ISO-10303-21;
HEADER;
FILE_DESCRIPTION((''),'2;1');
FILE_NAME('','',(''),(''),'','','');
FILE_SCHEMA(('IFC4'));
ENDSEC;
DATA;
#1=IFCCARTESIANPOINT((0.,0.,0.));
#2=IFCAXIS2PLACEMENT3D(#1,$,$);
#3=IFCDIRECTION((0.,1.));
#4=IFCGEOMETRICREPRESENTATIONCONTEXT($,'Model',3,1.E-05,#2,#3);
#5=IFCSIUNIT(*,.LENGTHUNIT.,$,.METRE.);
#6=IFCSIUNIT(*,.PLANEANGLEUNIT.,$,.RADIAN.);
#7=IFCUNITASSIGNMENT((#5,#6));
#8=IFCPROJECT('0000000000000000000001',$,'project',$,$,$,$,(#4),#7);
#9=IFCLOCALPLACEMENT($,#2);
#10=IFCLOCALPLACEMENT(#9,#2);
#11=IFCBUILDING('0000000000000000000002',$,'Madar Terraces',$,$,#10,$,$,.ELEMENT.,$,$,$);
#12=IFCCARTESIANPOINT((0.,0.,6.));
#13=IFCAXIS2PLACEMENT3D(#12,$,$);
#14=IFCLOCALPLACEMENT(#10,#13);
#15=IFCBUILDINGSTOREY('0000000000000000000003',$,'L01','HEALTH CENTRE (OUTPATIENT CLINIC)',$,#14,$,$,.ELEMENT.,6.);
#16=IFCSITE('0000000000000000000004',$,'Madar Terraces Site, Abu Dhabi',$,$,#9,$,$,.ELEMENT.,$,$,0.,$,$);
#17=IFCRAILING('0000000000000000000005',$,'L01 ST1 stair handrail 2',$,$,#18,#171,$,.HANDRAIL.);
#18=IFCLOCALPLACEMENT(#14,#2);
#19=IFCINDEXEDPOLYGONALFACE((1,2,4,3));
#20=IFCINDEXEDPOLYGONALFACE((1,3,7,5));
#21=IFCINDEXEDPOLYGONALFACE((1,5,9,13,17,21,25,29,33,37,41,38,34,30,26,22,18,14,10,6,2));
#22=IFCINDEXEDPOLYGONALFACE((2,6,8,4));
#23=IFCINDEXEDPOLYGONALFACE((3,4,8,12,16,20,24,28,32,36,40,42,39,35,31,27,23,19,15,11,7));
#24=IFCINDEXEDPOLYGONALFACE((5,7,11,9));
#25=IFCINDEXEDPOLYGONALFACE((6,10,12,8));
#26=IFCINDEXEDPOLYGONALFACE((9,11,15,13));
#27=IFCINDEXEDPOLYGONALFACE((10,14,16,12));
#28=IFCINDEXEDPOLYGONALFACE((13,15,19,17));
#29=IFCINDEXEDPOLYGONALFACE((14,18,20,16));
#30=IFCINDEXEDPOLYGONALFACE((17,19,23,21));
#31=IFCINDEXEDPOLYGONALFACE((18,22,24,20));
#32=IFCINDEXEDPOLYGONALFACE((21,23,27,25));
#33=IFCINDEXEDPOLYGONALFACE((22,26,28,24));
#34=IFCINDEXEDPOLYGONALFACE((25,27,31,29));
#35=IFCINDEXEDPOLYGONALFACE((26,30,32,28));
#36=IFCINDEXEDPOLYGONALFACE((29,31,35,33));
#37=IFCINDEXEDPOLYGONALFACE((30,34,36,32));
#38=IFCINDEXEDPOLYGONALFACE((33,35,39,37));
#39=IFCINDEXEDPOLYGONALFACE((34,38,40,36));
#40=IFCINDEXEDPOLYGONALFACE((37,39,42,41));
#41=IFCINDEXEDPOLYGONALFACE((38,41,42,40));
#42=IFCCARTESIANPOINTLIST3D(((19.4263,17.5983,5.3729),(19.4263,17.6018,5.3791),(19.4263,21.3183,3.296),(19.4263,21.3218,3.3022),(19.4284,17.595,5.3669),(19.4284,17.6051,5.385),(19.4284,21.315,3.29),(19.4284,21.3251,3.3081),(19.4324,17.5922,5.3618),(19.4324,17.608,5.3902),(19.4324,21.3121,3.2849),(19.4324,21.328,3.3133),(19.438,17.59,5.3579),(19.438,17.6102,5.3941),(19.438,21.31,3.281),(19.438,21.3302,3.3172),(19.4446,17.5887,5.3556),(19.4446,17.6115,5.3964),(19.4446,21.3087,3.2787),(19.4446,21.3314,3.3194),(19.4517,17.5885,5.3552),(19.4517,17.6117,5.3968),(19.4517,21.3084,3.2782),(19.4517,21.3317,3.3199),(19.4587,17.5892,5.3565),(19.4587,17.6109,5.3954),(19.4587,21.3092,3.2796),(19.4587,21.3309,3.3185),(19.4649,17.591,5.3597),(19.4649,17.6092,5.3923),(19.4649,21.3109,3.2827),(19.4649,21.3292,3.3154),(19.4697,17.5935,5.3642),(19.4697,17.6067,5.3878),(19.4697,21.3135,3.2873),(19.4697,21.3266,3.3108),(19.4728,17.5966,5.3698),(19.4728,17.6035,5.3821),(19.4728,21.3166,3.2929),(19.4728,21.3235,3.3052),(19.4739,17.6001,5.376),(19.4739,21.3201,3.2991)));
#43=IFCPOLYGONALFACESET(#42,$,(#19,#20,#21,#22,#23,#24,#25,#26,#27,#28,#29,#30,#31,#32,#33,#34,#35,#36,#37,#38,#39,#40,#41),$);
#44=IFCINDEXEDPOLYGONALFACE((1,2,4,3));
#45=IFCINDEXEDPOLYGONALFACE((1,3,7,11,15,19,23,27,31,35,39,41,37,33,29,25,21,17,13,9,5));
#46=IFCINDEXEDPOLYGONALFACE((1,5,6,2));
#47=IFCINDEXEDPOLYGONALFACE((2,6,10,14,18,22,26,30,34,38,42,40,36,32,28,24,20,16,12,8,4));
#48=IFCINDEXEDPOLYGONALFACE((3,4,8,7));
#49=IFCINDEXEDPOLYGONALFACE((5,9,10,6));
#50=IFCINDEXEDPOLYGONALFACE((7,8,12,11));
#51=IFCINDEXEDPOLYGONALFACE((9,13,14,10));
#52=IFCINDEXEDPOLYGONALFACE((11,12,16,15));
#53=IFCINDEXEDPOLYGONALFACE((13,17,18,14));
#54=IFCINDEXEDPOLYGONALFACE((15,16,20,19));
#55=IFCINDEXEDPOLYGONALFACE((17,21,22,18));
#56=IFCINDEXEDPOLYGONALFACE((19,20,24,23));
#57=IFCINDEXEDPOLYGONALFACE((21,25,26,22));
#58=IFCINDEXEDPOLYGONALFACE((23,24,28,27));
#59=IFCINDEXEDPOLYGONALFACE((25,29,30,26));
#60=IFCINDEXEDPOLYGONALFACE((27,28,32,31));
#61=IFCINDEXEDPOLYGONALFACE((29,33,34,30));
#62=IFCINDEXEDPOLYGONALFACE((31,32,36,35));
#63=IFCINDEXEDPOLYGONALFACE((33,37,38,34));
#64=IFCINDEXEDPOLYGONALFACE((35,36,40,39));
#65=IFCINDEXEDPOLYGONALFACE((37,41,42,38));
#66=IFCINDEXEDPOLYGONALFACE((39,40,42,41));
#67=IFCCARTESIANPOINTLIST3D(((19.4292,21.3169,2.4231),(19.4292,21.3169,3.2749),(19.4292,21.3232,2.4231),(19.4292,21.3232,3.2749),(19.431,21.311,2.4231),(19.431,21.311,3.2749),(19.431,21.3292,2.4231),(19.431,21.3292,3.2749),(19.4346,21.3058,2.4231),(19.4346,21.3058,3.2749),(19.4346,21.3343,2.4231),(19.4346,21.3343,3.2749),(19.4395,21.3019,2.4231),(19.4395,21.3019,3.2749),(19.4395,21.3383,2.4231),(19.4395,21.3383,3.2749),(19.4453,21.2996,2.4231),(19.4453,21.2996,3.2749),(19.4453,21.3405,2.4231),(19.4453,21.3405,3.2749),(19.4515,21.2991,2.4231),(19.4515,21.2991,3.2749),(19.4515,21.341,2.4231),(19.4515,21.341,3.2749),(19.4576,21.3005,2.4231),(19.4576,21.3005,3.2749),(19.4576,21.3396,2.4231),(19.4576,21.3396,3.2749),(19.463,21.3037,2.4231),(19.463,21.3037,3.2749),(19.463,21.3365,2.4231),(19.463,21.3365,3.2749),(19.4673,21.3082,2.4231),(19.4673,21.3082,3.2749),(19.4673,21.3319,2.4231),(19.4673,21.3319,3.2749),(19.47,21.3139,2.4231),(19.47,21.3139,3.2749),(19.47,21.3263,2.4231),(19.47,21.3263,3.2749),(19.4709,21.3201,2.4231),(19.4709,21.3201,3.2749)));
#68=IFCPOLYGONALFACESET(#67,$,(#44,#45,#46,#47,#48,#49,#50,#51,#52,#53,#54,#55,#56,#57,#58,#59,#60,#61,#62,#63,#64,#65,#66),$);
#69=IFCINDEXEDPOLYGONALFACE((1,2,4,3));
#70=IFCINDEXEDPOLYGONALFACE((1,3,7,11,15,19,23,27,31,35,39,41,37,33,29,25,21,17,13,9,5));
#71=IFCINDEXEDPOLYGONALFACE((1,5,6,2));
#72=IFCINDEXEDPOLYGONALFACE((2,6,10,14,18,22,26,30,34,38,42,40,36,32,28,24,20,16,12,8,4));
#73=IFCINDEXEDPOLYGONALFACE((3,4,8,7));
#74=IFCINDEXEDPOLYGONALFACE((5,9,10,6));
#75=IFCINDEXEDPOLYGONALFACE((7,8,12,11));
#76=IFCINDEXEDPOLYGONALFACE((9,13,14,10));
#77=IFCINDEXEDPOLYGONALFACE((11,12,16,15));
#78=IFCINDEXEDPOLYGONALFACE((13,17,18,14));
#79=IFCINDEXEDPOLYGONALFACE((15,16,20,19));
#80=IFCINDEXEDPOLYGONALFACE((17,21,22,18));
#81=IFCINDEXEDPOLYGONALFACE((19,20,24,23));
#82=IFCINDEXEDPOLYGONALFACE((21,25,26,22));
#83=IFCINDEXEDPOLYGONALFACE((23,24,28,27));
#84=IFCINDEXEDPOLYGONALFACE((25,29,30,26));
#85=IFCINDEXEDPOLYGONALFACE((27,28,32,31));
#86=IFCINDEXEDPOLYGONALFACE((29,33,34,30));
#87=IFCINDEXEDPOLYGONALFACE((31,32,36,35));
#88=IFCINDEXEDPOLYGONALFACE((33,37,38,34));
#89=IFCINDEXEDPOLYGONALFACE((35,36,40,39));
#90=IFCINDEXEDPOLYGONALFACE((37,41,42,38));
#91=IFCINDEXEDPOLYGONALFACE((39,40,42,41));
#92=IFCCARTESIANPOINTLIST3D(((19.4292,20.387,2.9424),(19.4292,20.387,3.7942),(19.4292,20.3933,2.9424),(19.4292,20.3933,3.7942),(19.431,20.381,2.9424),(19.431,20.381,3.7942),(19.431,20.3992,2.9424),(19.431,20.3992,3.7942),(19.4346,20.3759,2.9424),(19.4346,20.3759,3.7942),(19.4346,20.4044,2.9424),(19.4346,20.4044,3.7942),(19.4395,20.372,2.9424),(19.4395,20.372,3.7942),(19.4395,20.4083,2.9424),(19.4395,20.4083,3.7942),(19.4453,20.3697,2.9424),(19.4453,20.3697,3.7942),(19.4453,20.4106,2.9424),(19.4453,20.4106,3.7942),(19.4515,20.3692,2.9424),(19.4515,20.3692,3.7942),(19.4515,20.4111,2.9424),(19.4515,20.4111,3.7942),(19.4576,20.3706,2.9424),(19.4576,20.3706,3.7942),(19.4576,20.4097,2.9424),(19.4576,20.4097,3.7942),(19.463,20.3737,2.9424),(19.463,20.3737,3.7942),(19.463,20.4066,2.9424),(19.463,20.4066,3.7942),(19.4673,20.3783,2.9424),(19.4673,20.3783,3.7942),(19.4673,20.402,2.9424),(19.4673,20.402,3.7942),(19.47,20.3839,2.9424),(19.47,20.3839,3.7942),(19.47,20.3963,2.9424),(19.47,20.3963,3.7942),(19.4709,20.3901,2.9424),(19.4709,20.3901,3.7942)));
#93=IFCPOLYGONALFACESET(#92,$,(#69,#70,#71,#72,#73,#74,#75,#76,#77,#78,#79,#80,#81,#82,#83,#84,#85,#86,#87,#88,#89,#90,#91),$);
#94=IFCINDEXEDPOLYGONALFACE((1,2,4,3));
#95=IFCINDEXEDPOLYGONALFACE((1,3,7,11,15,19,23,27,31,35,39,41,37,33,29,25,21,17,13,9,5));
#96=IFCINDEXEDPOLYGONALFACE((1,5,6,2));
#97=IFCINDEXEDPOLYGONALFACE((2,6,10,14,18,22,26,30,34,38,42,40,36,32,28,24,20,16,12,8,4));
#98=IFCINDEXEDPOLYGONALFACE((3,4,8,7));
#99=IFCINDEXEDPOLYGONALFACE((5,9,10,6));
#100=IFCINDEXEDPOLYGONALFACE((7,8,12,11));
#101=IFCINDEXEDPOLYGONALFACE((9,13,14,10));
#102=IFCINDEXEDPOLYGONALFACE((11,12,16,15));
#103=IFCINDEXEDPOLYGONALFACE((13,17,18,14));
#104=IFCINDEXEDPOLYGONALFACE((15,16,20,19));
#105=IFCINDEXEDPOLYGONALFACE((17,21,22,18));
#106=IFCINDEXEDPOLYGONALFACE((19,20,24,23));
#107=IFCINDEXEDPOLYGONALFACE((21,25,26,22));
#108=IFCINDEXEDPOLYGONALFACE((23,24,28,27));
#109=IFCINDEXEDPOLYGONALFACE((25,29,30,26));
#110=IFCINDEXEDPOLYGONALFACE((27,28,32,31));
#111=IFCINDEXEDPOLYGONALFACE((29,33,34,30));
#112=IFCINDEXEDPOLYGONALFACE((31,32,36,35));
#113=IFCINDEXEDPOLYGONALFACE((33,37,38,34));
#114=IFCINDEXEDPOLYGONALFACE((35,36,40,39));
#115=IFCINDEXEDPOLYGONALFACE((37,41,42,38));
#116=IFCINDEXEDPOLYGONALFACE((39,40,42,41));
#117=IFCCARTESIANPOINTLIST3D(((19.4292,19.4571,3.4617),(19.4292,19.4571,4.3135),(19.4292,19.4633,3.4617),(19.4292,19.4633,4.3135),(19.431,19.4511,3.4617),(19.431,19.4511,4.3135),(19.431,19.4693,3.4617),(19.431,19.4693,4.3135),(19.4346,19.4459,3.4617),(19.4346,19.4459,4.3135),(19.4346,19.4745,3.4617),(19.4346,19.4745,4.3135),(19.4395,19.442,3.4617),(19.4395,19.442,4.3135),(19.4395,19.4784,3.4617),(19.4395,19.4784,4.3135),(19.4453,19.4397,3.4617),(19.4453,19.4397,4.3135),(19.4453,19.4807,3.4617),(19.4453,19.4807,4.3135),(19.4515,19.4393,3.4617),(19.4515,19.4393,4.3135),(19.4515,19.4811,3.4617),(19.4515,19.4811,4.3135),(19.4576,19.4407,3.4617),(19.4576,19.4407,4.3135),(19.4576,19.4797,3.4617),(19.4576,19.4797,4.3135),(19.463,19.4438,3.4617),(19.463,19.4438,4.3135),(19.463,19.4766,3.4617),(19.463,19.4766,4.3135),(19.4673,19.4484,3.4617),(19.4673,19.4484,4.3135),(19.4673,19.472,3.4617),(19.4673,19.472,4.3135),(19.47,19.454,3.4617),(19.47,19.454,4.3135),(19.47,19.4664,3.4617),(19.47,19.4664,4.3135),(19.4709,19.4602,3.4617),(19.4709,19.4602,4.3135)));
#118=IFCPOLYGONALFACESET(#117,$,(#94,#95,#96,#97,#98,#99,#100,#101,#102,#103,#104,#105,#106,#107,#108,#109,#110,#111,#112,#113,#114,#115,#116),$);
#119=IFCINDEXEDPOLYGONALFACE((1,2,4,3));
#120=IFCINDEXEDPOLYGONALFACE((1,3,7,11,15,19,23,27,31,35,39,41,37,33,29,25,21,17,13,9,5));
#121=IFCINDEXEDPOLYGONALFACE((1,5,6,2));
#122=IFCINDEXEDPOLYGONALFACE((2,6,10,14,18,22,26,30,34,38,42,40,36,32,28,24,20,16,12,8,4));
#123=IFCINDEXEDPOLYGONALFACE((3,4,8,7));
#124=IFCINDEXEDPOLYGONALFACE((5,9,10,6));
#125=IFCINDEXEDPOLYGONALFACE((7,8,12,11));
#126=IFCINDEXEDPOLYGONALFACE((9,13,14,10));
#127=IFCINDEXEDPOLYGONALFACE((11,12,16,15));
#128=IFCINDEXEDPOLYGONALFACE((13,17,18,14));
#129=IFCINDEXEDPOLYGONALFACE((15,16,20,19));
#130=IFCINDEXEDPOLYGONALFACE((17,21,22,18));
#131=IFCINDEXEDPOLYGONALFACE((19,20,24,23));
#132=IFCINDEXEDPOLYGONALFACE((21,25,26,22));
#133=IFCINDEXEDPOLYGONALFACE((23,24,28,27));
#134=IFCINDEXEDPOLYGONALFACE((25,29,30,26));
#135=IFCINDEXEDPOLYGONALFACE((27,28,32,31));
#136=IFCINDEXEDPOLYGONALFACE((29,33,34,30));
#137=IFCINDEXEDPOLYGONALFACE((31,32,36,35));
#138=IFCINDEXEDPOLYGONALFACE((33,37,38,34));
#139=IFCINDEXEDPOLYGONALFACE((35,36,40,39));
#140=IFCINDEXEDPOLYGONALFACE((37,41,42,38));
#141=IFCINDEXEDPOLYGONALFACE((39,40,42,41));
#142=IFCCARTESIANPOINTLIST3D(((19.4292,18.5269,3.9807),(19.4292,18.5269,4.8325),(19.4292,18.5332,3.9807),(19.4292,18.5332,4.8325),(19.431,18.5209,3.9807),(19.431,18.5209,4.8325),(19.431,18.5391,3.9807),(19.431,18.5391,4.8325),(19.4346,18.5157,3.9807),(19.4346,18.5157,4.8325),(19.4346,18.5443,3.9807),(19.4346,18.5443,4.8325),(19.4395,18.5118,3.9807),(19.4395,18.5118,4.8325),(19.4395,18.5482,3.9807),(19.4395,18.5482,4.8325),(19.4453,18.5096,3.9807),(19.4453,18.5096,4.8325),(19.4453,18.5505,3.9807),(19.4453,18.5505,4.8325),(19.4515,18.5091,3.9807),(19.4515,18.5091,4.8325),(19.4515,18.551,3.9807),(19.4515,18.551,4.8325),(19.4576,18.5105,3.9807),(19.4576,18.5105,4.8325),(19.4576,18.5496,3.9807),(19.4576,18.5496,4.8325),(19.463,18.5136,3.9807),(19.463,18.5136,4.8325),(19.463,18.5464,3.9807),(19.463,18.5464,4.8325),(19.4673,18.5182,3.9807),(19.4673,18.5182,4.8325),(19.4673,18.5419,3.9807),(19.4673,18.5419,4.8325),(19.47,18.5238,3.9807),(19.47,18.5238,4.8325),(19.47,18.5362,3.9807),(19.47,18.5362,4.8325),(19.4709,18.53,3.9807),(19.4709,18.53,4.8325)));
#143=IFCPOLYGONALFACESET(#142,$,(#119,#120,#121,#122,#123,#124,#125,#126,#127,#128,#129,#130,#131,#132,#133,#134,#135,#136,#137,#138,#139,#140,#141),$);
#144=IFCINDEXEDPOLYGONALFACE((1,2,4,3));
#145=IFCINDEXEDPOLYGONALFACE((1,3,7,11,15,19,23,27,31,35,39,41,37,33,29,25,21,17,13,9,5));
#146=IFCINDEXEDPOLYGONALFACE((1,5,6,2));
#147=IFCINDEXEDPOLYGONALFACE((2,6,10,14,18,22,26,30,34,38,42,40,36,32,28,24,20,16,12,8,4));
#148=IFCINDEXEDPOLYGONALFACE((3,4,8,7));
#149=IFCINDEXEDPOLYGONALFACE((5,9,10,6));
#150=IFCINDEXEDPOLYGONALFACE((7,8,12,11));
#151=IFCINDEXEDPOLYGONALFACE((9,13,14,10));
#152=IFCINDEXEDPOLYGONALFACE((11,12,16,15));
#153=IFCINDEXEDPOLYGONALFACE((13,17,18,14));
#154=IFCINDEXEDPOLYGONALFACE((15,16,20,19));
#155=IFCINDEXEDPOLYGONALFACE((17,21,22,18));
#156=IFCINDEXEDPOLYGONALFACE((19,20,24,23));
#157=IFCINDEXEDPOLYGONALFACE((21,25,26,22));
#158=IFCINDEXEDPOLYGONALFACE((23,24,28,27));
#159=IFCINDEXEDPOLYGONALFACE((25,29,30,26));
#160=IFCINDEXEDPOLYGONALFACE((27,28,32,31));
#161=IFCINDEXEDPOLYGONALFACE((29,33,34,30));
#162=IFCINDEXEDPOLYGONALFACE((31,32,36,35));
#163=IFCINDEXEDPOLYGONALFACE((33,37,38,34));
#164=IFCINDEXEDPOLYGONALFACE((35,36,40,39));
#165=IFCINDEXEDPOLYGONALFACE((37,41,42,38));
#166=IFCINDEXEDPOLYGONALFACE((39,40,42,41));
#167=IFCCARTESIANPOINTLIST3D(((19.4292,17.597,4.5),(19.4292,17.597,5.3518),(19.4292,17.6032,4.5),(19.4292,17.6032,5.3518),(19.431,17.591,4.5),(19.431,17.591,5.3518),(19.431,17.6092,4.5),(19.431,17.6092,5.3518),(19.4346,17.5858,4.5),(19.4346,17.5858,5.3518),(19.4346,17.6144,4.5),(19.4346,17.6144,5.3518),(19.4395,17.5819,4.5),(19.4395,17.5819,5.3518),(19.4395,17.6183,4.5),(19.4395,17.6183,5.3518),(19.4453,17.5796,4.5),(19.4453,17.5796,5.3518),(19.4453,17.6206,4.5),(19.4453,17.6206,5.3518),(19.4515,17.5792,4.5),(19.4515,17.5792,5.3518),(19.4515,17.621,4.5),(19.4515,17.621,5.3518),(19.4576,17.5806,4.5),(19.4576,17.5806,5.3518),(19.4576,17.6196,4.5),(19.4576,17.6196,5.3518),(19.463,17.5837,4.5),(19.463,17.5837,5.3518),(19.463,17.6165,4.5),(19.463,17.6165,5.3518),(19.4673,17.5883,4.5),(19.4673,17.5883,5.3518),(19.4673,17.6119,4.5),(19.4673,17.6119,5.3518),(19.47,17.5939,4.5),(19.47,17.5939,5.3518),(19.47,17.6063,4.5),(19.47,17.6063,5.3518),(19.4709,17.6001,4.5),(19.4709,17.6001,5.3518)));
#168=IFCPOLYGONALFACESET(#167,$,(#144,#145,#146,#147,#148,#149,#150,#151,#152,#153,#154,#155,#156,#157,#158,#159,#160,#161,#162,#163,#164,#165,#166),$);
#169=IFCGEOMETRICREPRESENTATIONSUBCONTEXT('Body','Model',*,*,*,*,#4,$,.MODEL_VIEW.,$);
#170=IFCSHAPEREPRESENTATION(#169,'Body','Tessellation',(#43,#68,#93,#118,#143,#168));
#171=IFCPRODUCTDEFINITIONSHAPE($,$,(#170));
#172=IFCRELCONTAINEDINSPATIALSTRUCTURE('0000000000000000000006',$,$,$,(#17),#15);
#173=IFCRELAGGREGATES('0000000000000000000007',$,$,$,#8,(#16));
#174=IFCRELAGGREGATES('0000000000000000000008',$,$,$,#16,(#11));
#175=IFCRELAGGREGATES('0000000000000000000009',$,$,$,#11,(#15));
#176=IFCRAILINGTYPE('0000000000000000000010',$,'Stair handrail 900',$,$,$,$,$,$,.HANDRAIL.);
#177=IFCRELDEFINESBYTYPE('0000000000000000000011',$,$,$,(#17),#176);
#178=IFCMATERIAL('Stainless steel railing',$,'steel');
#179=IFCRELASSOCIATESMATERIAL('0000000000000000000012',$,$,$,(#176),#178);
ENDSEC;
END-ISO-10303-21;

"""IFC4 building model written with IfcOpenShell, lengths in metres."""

from ifc_helpers import new_model, si_unit, direction, frame, origin, origin_2d, place, context, subcontext, project, spatial, circle, extrude, material, type_object, element, save


model = new_model("IFC4")

# Units and contexts
model_context = context("Model", 3, precision=1e-05, world=origin(), true_north=direction((0.0, 1.0)))
body_context = subcontext(model_context, "Body", "Model", "MODEL_VIEW")
ifc_project = project(units=[si_unit("LENGTHUNIT", "METRE"), si_unit("PLANEANGLEUNIT", "RADIAN")], contexts=[model_context])

# Site, building, storey
site_placement = place(None, origin())
site = spatial("IfcSite", under=ifc_project, at=site_placement, Name="Madar Terraces Site, Abu Dhabi", CompositionType="ELEMENT", RefElevation=0.0)
building_placement = place(site_placement, origin())
building = spatial("IfcBuilding", under=site, at=building_placement, Name="Madar Terraces", CompositionType="ELEMENT")
storey_placement = place(building_placement, frame((0.0, 0.0, 6.0)))
storey = spatial("IfcBuildingStorey", under=building, at=storey_placement, Name="L01", Description="HEALTH CENTRE (OUTPATIENT CLINIC)", CompositionType="ELEMENT", Elevation=6.0)

# Railing
ifc_material_1 = material(Name="Stainless steel railing", Category="steel")
railing_type_1 = type_object("IfcRailingType", Name="Stair handrail 900", PredefinedType="HANDRAIL", material=ifc_material_1)
railing_1_placement = place(storey_placement, frame((19.45, 21.3201, 2.4231)))
element("IfcRailing", 1, at=railing_1_placement, inside=storey, type_object=railing_type_1, Name="L01 ST1 stair handrail 2", PredefinedType="HANDRAIL", context=body_context, shape_type="SweptSolid", body=[
    extrude(circle(Radius=0.0239, at=origin_2d()), frame((0.0, 0.0, 0.876), z_axis=(0.0, -0.873134, 0.487481), x_axis=(1.0, 0.0, 0.0)), (0.0, 0.0, 1.0), 4.2605),
    extrude(circle(Radius=0.021, at=origin_2d()), origin(), (0.0, 0.0, 1.0), 0.8518),
    extrude(circle(Radius=0.021, at=origin_2d()), frame((0.0, -0.9299, 0.5193)), (0.0, 0.0, 1.0), 0.8518),
    extrude(circle(Radius=0.021, at=origin_2d()), frame((0.0, -1.8599, 1.0386)), (0.0, 0.0, 1.0), 0.8518),
    extrude(circle(Radius=0.021, at=origin_2d()), frame((0.0, -2.79, 1.5576)), (0.0, 0.0, 1.0), 0.8518),
    extrude(circle(Radius=0.021, at=origin_2d()), frame((0.0, -3.72, 2.0769)), (0.0, 0.0, 1.0), 0.8518),
])

save(model, "model.ifc")
